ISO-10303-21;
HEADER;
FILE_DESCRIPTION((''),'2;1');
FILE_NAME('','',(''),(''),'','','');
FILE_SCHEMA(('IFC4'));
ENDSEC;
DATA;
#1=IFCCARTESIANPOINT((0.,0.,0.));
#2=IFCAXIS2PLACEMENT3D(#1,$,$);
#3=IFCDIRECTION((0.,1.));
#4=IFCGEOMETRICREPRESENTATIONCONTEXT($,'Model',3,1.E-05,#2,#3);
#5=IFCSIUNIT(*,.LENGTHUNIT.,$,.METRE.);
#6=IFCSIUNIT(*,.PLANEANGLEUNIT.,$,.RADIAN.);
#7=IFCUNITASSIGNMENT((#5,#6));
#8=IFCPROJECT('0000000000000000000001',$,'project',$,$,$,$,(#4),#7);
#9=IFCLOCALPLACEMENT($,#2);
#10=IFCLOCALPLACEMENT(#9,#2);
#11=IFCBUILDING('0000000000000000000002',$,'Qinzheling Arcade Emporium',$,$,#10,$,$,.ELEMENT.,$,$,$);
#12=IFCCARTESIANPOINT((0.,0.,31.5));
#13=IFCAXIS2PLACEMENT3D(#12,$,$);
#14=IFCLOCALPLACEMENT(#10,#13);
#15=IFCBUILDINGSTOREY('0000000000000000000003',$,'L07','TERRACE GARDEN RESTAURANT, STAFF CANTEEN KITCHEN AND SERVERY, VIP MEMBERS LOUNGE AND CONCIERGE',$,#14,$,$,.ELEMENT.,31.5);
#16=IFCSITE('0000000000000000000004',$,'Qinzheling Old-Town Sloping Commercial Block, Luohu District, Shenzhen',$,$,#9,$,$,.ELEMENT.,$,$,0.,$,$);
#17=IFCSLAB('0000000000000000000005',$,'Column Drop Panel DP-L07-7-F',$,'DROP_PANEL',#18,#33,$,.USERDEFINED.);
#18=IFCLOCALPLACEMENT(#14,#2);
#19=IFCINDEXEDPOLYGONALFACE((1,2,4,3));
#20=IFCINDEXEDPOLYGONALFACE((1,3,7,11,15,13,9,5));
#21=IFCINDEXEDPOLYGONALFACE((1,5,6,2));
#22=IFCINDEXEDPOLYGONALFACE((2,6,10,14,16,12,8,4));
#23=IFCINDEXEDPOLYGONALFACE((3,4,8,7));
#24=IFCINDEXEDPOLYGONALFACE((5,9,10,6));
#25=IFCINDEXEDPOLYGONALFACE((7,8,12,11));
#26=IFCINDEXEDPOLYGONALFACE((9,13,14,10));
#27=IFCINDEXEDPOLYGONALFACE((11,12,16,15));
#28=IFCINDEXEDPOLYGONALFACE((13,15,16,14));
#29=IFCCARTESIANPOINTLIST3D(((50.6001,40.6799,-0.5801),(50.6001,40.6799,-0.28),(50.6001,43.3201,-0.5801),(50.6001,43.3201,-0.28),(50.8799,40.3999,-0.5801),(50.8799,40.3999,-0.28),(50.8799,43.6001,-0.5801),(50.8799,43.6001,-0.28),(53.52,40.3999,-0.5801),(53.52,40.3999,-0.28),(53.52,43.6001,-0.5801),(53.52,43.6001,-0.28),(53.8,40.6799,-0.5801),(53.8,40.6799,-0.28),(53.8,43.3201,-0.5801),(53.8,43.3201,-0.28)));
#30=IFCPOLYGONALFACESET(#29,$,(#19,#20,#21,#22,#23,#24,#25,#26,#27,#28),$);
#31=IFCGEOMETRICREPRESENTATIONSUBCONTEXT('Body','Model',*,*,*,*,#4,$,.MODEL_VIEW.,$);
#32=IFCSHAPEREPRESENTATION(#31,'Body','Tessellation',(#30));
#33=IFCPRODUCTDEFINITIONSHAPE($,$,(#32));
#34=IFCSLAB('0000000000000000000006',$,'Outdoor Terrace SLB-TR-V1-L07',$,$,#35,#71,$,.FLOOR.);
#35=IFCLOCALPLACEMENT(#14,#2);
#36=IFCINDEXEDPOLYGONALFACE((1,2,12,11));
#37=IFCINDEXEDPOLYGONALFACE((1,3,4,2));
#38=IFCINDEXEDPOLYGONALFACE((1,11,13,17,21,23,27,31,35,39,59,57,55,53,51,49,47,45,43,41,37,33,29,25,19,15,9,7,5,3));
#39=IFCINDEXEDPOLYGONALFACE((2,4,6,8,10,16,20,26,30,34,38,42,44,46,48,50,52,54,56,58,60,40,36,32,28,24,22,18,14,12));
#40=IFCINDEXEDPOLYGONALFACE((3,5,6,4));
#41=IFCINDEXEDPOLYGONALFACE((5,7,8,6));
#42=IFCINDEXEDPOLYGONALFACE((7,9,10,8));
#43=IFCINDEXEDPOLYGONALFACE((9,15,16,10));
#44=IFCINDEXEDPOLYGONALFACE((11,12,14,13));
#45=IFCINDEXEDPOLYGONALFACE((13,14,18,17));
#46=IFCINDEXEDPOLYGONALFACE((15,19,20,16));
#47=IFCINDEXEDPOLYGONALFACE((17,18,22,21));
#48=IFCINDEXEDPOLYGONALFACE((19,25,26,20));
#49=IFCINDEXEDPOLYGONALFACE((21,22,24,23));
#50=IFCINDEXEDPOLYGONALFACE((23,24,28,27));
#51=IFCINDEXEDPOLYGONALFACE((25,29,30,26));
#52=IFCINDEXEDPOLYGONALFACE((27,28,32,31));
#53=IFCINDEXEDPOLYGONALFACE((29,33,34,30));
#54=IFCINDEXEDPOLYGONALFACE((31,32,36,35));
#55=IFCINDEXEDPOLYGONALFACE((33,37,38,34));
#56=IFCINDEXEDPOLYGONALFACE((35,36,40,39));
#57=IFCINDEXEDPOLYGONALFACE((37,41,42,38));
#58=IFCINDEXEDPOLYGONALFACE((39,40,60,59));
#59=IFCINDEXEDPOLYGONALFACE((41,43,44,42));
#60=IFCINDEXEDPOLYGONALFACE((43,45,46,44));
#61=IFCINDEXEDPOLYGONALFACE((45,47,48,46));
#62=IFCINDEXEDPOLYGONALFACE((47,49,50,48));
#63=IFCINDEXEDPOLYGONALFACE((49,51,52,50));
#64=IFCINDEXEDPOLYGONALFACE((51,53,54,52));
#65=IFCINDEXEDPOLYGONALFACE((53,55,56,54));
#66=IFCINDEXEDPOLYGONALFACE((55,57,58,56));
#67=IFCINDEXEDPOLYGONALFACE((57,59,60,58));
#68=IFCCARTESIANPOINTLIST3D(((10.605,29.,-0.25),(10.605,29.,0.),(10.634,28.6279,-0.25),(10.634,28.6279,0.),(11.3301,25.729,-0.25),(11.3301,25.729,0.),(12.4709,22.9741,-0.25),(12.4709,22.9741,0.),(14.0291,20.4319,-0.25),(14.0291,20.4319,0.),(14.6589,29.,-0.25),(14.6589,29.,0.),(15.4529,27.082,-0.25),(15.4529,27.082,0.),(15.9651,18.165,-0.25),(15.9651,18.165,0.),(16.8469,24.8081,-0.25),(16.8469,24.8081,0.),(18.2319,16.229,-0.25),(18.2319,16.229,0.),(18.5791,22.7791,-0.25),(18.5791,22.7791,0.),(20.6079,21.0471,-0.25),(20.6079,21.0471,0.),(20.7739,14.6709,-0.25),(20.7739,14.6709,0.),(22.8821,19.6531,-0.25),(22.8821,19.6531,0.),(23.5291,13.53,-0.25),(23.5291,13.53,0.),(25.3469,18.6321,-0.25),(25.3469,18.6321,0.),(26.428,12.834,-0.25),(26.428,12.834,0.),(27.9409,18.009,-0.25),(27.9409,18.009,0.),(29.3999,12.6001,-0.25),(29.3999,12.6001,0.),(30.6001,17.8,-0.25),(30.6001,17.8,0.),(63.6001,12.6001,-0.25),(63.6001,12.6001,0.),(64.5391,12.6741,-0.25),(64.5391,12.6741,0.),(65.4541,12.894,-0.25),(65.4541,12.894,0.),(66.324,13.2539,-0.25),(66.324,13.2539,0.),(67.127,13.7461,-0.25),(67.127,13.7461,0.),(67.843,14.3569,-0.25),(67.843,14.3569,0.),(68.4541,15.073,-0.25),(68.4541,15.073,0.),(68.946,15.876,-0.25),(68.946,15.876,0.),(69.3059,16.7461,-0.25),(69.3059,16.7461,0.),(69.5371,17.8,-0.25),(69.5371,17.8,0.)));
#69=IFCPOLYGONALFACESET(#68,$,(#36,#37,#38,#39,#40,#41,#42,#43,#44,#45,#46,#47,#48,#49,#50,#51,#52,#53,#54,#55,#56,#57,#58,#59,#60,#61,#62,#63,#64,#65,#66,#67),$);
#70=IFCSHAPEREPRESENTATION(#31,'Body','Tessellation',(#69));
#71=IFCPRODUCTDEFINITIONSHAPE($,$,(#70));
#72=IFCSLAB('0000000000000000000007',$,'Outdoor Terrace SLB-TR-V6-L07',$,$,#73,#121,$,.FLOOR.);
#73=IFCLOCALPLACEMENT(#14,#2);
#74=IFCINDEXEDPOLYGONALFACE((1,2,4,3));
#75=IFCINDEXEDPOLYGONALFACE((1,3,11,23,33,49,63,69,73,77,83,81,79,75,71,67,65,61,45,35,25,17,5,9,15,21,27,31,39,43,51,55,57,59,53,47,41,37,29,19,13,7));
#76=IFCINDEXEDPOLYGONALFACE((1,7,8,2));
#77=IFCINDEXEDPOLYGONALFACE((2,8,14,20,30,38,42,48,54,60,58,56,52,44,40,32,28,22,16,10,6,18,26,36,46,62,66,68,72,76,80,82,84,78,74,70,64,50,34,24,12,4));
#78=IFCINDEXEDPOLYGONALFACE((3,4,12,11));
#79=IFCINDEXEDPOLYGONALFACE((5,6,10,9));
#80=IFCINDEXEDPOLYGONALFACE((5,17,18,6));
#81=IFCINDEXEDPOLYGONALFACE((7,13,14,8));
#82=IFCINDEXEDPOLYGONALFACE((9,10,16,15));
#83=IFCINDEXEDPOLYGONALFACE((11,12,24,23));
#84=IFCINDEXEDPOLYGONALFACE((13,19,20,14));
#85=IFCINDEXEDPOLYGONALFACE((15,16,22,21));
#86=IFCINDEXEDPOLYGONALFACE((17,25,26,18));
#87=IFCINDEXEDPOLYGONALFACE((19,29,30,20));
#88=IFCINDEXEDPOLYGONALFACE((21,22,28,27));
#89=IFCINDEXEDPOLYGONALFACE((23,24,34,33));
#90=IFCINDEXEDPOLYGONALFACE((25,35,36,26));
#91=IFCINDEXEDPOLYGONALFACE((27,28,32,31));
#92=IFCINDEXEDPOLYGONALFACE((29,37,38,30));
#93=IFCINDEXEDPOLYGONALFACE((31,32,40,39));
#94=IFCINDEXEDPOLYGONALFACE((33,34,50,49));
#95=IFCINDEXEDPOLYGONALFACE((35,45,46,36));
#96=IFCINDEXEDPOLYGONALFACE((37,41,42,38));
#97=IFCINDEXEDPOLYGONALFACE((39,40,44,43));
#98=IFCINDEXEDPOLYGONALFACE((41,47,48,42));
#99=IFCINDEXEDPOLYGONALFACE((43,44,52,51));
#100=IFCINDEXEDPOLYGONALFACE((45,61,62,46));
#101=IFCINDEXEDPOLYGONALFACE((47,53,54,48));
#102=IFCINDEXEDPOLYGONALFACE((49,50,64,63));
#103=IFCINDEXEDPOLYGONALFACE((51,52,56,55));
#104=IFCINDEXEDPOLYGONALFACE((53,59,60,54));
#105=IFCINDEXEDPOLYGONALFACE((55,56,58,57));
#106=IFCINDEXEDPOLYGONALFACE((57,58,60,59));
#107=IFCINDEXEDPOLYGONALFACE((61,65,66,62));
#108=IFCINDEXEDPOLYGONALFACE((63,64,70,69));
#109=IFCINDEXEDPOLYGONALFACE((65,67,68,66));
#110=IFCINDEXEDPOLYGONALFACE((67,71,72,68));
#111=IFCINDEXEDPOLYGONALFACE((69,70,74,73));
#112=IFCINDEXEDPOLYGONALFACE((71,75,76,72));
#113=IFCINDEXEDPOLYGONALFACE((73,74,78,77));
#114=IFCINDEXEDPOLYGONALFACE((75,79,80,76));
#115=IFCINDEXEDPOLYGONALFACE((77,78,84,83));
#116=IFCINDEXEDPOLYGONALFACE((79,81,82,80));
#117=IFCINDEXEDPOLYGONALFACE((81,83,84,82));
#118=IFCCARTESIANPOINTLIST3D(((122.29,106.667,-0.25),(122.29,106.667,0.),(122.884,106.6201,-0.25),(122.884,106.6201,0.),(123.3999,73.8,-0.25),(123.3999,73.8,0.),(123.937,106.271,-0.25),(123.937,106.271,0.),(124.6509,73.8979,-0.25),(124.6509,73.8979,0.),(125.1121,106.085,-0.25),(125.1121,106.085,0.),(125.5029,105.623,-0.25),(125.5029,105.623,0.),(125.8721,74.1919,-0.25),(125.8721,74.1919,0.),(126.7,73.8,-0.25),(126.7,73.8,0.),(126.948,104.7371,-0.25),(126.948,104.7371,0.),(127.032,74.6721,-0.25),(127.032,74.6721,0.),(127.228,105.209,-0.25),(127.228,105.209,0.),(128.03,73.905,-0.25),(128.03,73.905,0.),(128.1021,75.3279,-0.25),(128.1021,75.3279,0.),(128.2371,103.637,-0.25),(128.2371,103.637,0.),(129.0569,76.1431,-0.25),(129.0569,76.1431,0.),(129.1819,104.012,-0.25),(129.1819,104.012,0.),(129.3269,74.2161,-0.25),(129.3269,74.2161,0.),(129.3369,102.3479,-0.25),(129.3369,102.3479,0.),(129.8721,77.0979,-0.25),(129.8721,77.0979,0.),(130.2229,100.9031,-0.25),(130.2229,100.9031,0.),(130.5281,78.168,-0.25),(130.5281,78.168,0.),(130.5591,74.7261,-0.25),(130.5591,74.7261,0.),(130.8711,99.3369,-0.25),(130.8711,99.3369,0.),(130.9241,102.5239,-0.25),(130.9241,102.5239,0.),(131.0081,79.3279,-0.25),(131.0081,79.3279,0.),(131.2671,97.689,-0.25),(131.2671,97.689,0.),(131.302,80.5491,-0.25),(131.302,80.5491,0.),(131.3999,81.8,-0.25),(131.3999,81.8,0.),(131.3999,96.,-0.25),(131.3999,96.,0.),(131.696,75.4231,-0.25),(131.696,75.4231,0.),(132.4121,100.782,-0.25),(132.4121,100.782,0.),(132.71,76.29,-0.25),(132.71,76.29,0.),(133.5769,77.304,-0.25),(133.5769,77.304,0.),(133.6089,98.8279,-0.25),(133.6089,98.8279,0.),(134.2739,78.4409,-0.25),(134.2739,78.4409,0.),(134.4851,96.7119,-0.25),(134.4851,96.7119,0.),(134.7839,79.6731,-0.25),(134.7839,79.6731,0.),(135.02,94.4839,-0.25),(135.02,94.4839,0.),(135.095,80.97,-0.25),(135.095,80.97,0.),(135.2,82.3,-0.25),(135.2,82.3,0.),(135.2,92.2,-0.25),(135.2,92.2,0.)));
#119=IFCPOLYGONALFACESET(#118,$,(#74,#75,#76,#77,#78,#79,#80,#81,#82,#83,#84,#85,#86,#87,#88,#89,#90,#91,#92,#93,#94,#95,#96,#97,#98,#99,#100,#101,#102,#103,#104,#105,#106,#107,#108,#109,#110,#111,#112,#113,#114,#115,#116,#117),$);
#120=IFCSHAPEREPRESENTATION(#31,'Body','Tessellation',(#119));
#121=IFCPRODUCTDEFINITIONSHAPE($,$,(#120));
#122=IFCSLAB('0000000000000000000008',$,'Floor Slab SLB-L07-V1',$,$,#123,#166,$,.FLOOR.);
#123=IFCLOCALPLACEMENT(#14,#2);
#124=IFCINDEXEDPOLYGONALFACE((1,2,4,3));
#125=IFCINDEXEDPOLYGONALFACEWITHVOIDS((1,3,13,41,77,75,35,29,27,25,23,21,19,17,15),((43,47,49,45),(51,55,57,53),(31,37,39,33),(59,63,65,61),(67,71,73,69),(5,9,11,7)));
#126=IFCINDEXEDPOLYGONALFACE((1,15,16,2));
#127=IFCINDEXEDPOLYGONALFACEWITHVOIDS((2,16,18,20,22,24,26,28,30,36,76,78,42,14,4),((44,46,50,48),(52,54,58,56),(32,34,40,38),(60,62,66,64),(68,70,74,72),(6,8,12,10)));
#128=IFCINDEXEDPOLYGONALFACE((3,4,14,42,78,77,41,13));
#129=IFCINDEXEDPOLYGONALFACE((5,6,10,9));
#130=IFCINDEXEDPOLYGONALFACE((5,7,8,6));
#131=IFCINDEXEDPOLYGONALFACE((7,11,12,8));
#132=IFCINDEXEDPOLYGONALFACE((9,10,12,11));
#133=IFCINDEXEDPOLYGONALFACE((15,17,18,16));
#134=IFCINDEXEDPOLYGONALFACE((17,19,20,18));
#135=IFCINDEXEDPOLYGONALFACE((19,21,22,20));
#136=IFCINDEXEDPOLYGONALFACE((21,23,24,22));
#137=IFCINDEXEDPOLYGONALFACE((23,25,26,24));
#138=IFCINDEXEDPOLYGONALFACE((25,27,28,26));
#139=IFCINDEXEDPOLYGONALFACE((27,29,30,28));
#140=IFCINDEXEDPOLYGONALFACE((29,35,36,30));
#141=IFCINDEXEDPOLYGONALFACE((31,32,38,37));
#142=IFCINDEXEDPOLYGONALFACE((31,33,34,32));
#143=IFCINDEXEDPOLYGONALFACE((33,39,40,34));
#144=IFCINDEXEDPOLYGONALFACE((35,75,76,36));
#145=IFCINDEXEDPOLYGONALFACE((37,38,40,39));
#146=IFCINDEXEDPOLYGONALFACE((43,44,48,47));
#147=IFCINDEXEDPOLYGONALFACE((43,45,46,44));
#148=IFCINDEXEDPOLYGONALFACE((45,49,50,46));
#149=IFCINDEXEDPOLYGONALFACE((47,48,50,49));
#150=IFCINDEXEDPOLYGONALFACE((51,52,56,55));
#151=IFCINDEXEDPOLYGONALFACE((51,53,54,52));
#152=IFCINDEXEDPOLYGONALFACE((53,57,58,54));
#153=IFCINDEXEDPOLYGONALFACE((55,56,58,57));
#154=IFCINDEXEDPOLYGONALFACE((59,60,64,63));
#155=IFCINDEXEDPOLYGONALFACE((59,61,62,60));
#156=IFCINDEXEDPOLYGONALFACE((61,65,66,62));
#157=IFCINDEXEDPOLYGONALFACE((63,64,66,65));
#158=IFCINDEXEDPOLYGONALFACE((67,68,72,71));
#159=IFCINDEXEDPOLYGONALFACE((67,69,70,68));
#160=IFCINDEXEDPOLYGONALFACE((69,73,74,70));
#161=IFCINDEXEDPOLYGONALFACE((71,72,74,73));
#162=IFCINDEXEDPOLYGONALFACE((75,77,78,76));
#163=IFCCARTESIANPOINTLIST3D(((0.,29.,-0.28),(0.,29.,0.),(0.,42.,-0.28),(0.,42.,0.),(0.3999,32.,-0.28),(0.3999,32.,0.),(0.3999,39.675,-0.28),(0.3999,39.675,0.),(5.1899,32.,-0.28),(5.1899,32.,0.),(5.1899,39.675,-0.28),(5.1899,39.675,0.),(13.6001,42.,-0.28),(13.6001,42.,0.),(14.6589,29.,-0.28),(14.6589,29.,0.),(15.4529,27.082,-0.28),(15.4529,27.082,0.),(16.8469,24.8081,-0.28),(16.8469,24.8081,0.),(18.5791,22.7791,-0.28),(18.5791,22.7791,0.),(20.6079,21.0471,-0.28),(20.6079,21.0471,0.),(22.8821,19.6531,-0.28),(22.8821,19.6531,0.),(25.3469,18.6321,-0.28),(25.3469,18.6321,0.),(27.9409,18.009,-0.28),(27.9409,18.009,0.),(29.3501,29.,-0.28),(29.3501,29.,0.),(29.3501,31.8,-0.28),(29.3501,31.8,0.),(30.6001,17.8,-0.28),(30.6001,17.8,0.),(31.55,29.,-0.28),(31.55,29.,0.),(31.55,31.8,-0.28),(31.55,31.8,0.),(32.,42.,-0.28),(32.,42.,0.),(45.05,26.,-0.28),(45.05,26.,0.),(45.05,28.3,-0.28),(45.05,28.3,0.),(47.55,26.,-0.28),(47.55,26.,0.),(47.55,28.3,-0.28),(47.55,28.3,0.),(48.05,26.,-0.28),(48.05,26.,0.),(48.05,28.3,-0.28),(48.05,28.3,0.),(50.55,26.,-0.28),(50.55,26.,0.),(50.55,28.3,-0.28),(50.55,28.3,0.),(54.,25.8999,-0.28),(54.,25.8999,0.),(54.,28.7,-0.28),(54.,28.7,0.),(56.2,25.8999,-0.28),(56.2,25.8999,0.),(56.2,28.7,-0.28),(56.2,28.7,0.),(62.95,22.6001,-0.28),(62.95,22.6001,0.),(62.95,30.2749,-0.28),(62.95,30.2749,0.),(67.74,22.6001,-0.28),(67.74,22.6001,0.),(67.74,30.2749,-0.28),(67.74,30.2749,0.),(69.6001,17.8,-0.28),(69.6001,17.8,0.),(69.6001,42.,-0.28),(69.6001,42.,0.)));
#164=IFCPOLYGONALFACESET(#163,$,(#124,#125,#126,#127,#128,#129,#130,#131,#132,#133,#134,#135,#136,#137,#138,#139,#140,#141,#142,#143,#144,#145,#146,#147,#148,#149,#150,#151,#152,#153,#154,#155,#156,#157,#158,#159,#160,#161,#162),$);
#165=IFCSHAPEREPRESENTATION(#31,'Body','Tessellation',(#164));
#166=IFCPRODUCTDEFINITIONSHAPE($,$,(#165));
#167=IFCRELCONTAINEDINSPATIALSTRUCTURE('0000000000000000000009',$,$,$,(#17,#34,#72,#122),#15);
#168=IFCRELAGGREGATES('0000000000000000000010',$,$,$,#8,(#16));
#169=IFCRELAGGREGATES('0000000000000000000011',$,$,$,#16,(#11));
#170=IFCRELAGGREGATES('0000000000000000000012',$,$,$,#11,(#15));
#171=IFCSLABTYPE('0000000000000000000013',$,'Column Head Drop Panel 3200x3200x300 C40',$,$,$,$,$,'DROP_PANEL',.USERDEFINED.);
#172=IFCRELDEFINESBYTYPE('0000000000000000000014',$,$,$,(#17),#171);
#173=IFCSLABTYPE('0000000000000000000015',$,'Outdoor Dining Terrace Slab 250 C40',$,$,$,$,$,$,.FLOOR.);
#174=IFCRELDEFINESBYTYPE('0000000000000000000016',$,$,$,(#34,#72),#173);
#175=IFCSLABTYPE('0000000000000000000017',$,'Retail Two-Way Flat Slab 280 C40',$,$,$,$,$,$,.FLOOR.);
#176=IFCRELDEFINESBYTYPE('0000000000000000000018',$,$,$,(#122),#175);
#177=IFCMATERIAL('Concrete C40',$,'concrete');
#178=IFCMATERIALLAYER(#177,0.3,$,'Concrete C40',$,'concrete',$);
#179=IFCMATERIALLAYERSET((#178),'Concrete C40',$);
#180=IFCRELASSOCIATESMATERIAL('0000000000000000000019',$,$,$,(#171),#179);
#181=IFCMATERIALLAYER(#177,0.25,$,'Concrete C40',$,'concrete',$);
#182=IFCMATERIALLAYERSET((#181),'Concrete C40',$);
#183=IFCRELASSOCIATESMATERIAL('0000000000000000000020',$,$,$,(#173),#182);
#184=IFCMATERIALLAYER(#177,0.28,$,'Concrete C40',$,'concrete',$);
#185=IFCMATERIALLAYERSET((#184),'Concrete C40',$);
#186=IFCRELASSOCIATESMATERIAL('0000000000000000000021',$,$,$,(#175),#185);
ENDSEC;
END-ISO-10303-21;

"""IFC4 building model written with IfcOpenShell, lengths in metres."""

from ifc_helpers import new_model, si_unit, direction, frame, origin, place, context, subcontext, project, spatial, polyline, outline, extrude, material, layer, layer_set, type_object, element, save


model = new_model("IFC4")

# Units and contexts
model_context = context("Model", 3, precision=1e-05, world=origin(), true_north=direction((0.0, 1.0)))
body_context = subcontext(model_context, "Body", "Model", "MODEL_VIEW")
ifc_project = project(units=[si_unit("LENGTHUNIT", "METRE"), si_unit("PLANEANGLEUNIT", "RADIAN")], contexts=[model_context])

# Site, building, storey
site_placement = place(None, origin())
site = spatial("IfcSite", under=ifc_project, at=site_placement, Name="Qinzheling Old-Town Sloping Commercial Block, Luohu District, Shenzhen", CompositionType="ELEMENT", RefElevation=0.0)
building_placement = place(site_placement, origin())
building = spatial("IfcBuilding", under=site, at=building_placement, Name="Qinzheling Arcade Emporium", CompositionType="ELEMENT")
storey_placement = place(building_placement, frame((0.0, 0.0, 31.5)))
storey = spatial("IfcBuildingStorey", under=building, at=storey_placement, Name="L07", Description="TERRACE GARDEN RESTAURANT, STAFF CANTEEN KITCHEN AND SERVERY, VIP MEMBERS LOUNGE AND CONCIERGE", CompositionType="ELEMENT", Elevation=31.5)

# Slabs
ifc_material = material(Name="Concrete C40", Category="concrete")
ifc_layer_1 = layer(ifc_material, 0.3, Name="Concrete C40", Category="concrete")
ifc_layer_set_1 = layer_set([ifc_layer_1], Name="Concrete C40")
slab_type_1 = type_object("IfcSlabType", Name="Column Head Drop Panel 3200x3200x300 C40", ElementType="DROP_PANEL", PredefinedType="USERDEFINED", material=ifc_layer_set_1)
slab_1_placement = place(storey_placement, frame((0.0, 0.0, -0.5801)))
element("IfcSlab", 1, at=slab_1_placement, inside=storey, type_object=slab_type_1, Name="Column Drop Panel DP-L07-7-F", ObjectType="DROP_PANEL", PredefinedType="USERDEFINED", context=body_context, shape_type="SweptSolid", body=[
    extrude(outline(polyline([(50.8799, 40.3999), (53.52, 40.3999), (53.8, 40.6799), (53.8, 43.3201), (53.52, 43.6001), (50.8799, 43.6001), (50.6001, 43.3201), (50.6001, 40.6799), (50.8799, 40.3999)])), origin(), (0.0, 0.0, 1.0), 0.3),
])
ifc_layer_2 = layer(ifc_material, 0.25, Name="Concrete C40", Category="concrete")
ifc_layer_set_2 = layer_set([ifc_layer_2], Name="Concrete C40")
slab_type_2 = type_object("IfcSlabType", Name="Outdoor Dining Terrace Slab 250 C40", PredefinedType="FLOOR", material=ifc_layer_set_2)
slab_2_placement = place(storey_placement, frame((0.0, 0.0, -0.25)))
element("IfcSlab", 2, at=slab_2_placement, inside=storey, type_object=slab_type_2, Name="Outdoor Terrace SLB-TR-V1-L07", PredefinedType="FLOOR", context=body_context, shape_type="SweptSolid", body=[
    extrude(outline(polyline([(69.5371, 17.8), (30.6001, 17.8), (27.9409, 18.009), (25.3469, 18.6321), (22.8821, 19.6531), (20.6079, 21.0471), (18.5791, 22.7791), (16.8469, 24.8081), (15.4529, 27.082), (14.6589, 29.0), (10.605, 29.0), (10.634, 28.6279), (11.3301, 25.729), (12.4709, 22.9741), (14.0291, 20.4319), (15.9651, 18.165), (18.2319, 16.229), (20.7739, 14.6709), (23.5291, 13.53), (26.428, 12.834), (29.3999, 12.6001), (63.6001, 12.6001), (64.5391, 12.6741), (65.4541, 12.894), (66.324, 13.2539), (67.127, 13.7461), (67.843, 14.3569), (68.4541, 15.073), (68.946, 15.876), (69.3059, 16.7461), (69.5371, 17.8)])), origin(), (0.0, 0.0, 1.0), 0.25),
])
slab_3_placement = place(storey_placement, frame((0.0, 0.0, -0.25)))
element("IfcSlab", 3, at=slab_3_placement, inside=storey, type_object=slab_type_2, Name="Outdoor Terrace SLB-TR-V6-L07", PredefinedType="FLOOR", context=body_context, shape_type="SweptSolid", body=[
    extrude(outline(polyline([(122.884, 106.6201), (122.29, 106.667), (123.937, 106.271), (125.5029, 105.623), (126.948, 104.7371), (128.2371, 103.637), (129.3369, 102.3479), (130.2229, 100.9031), (130.8711, 99.3369), (131.2671, 97.689), (131.3999, 96.0), (131.3999, 81.8), (131.302, 80.5491), (131.0081, 79.3279), (130.5281, 78.168), (129.8721, 77.0979), (129.0569, 76.1431), (128.1021, 75.3279), (127.032, 74.6721), (125.8721, 74.1919), (124.6509, 73.8979), (123.3999, 73.8), (126.7, 73.8), (128.03, 73.905), (129.3269, 74.2161), (130.5591, 74.7261), (131.696, 75.4231), (132.71, 76.29), (133.5769, 77.304), (134.2739, 78.4409), (134.7839, 79.6731), (135.095, 80.97), (135.2, 82.3), (135.2, 92.2), (135.02, 94.4839), (134.4851, 96.7119), (133.6089, 98.8279), (132.4121, 100.782), (130.9241, 102.5239), (129.1819, 104.012), (127.228, 105.209), (125.1121, 106.085), (122.884, 106.6201)])), origin(), (0.0, 0.0, 1.0), 0.25),
])
ifc_layer_3 = layer(ifc_material, 0.28, Name="Concrete C40", Category="concrete")
ifc_layer_set_3 = layer_set([ifc_layer_3], Name="Concrete C40")
slab_type_3 = type_object("IfcSlabType", Name="Retail Two-Way Flat Slab 280 C40", PredefinedType="FLOOR", material=ifc_layer_set_3)
slab_4_placement = place(storey_placement, frame((0.0, 0.0, -0.28)))
element("IfcSlab", 4, at=slab_4_placement, inside=storey, type_object=slab_type_3, Name="Floor Slab SLB-L07-V1", PredefinedType="FLOOR", context=body_context, shape_type="SweptSolid", body=[
    extrude(outline(polyline([(32.0, 42.0), (13.6001, 42.0), (0.0, 42.0), (0.0, 29.0), (14.6589, 29.0), (15.4529, 27.082), (16.8469, 24.8081), (18.5791, 22.7791), (20.6079, 21.0471), (22.8821, 19.6531), (25.3469, 18.6321), (27.9409, 18.009), (30.6001, 17.8), (69.6001, 17.8), (69.6001, 42.0), (32.0, 42.0)]), holes=[polyline([(67.74, 30.2749), (67.74, 22.6001), (62.95, 22.6001), (62.95, 30.2749), (67.74, 30.2749)]), polyline([(56.2, 25.8999), (54.0, 25.8999), (54.0, 28.7), (56.2, 28.7), (56.2, 25.8999)]), polyline([(50.55, 26.0), (48.05, 26.0), (48.05, 28.3), (50.55, 28.3), (50.55, 26.0)]), polyline([(47.55, 28.3), (47.55, 26.0), (45.05, 26.0), (45.05, 28.3), (47.55, 28.3)]), polyline([(31.55, 29.0), (29.3501, 29.0), (29.3501, 31.8), (31.55, 31.8), (31.55, 29.0)]), polyline([(5.1899, 32.0), (0.3999, 32.0), (0.3999, 39.675), (5.1899, 39.675), (5.1899, 32.0)])]), origin(), (0.0, 0.0, 1.0), 0.28),
])

save(model, "model.ifc")
